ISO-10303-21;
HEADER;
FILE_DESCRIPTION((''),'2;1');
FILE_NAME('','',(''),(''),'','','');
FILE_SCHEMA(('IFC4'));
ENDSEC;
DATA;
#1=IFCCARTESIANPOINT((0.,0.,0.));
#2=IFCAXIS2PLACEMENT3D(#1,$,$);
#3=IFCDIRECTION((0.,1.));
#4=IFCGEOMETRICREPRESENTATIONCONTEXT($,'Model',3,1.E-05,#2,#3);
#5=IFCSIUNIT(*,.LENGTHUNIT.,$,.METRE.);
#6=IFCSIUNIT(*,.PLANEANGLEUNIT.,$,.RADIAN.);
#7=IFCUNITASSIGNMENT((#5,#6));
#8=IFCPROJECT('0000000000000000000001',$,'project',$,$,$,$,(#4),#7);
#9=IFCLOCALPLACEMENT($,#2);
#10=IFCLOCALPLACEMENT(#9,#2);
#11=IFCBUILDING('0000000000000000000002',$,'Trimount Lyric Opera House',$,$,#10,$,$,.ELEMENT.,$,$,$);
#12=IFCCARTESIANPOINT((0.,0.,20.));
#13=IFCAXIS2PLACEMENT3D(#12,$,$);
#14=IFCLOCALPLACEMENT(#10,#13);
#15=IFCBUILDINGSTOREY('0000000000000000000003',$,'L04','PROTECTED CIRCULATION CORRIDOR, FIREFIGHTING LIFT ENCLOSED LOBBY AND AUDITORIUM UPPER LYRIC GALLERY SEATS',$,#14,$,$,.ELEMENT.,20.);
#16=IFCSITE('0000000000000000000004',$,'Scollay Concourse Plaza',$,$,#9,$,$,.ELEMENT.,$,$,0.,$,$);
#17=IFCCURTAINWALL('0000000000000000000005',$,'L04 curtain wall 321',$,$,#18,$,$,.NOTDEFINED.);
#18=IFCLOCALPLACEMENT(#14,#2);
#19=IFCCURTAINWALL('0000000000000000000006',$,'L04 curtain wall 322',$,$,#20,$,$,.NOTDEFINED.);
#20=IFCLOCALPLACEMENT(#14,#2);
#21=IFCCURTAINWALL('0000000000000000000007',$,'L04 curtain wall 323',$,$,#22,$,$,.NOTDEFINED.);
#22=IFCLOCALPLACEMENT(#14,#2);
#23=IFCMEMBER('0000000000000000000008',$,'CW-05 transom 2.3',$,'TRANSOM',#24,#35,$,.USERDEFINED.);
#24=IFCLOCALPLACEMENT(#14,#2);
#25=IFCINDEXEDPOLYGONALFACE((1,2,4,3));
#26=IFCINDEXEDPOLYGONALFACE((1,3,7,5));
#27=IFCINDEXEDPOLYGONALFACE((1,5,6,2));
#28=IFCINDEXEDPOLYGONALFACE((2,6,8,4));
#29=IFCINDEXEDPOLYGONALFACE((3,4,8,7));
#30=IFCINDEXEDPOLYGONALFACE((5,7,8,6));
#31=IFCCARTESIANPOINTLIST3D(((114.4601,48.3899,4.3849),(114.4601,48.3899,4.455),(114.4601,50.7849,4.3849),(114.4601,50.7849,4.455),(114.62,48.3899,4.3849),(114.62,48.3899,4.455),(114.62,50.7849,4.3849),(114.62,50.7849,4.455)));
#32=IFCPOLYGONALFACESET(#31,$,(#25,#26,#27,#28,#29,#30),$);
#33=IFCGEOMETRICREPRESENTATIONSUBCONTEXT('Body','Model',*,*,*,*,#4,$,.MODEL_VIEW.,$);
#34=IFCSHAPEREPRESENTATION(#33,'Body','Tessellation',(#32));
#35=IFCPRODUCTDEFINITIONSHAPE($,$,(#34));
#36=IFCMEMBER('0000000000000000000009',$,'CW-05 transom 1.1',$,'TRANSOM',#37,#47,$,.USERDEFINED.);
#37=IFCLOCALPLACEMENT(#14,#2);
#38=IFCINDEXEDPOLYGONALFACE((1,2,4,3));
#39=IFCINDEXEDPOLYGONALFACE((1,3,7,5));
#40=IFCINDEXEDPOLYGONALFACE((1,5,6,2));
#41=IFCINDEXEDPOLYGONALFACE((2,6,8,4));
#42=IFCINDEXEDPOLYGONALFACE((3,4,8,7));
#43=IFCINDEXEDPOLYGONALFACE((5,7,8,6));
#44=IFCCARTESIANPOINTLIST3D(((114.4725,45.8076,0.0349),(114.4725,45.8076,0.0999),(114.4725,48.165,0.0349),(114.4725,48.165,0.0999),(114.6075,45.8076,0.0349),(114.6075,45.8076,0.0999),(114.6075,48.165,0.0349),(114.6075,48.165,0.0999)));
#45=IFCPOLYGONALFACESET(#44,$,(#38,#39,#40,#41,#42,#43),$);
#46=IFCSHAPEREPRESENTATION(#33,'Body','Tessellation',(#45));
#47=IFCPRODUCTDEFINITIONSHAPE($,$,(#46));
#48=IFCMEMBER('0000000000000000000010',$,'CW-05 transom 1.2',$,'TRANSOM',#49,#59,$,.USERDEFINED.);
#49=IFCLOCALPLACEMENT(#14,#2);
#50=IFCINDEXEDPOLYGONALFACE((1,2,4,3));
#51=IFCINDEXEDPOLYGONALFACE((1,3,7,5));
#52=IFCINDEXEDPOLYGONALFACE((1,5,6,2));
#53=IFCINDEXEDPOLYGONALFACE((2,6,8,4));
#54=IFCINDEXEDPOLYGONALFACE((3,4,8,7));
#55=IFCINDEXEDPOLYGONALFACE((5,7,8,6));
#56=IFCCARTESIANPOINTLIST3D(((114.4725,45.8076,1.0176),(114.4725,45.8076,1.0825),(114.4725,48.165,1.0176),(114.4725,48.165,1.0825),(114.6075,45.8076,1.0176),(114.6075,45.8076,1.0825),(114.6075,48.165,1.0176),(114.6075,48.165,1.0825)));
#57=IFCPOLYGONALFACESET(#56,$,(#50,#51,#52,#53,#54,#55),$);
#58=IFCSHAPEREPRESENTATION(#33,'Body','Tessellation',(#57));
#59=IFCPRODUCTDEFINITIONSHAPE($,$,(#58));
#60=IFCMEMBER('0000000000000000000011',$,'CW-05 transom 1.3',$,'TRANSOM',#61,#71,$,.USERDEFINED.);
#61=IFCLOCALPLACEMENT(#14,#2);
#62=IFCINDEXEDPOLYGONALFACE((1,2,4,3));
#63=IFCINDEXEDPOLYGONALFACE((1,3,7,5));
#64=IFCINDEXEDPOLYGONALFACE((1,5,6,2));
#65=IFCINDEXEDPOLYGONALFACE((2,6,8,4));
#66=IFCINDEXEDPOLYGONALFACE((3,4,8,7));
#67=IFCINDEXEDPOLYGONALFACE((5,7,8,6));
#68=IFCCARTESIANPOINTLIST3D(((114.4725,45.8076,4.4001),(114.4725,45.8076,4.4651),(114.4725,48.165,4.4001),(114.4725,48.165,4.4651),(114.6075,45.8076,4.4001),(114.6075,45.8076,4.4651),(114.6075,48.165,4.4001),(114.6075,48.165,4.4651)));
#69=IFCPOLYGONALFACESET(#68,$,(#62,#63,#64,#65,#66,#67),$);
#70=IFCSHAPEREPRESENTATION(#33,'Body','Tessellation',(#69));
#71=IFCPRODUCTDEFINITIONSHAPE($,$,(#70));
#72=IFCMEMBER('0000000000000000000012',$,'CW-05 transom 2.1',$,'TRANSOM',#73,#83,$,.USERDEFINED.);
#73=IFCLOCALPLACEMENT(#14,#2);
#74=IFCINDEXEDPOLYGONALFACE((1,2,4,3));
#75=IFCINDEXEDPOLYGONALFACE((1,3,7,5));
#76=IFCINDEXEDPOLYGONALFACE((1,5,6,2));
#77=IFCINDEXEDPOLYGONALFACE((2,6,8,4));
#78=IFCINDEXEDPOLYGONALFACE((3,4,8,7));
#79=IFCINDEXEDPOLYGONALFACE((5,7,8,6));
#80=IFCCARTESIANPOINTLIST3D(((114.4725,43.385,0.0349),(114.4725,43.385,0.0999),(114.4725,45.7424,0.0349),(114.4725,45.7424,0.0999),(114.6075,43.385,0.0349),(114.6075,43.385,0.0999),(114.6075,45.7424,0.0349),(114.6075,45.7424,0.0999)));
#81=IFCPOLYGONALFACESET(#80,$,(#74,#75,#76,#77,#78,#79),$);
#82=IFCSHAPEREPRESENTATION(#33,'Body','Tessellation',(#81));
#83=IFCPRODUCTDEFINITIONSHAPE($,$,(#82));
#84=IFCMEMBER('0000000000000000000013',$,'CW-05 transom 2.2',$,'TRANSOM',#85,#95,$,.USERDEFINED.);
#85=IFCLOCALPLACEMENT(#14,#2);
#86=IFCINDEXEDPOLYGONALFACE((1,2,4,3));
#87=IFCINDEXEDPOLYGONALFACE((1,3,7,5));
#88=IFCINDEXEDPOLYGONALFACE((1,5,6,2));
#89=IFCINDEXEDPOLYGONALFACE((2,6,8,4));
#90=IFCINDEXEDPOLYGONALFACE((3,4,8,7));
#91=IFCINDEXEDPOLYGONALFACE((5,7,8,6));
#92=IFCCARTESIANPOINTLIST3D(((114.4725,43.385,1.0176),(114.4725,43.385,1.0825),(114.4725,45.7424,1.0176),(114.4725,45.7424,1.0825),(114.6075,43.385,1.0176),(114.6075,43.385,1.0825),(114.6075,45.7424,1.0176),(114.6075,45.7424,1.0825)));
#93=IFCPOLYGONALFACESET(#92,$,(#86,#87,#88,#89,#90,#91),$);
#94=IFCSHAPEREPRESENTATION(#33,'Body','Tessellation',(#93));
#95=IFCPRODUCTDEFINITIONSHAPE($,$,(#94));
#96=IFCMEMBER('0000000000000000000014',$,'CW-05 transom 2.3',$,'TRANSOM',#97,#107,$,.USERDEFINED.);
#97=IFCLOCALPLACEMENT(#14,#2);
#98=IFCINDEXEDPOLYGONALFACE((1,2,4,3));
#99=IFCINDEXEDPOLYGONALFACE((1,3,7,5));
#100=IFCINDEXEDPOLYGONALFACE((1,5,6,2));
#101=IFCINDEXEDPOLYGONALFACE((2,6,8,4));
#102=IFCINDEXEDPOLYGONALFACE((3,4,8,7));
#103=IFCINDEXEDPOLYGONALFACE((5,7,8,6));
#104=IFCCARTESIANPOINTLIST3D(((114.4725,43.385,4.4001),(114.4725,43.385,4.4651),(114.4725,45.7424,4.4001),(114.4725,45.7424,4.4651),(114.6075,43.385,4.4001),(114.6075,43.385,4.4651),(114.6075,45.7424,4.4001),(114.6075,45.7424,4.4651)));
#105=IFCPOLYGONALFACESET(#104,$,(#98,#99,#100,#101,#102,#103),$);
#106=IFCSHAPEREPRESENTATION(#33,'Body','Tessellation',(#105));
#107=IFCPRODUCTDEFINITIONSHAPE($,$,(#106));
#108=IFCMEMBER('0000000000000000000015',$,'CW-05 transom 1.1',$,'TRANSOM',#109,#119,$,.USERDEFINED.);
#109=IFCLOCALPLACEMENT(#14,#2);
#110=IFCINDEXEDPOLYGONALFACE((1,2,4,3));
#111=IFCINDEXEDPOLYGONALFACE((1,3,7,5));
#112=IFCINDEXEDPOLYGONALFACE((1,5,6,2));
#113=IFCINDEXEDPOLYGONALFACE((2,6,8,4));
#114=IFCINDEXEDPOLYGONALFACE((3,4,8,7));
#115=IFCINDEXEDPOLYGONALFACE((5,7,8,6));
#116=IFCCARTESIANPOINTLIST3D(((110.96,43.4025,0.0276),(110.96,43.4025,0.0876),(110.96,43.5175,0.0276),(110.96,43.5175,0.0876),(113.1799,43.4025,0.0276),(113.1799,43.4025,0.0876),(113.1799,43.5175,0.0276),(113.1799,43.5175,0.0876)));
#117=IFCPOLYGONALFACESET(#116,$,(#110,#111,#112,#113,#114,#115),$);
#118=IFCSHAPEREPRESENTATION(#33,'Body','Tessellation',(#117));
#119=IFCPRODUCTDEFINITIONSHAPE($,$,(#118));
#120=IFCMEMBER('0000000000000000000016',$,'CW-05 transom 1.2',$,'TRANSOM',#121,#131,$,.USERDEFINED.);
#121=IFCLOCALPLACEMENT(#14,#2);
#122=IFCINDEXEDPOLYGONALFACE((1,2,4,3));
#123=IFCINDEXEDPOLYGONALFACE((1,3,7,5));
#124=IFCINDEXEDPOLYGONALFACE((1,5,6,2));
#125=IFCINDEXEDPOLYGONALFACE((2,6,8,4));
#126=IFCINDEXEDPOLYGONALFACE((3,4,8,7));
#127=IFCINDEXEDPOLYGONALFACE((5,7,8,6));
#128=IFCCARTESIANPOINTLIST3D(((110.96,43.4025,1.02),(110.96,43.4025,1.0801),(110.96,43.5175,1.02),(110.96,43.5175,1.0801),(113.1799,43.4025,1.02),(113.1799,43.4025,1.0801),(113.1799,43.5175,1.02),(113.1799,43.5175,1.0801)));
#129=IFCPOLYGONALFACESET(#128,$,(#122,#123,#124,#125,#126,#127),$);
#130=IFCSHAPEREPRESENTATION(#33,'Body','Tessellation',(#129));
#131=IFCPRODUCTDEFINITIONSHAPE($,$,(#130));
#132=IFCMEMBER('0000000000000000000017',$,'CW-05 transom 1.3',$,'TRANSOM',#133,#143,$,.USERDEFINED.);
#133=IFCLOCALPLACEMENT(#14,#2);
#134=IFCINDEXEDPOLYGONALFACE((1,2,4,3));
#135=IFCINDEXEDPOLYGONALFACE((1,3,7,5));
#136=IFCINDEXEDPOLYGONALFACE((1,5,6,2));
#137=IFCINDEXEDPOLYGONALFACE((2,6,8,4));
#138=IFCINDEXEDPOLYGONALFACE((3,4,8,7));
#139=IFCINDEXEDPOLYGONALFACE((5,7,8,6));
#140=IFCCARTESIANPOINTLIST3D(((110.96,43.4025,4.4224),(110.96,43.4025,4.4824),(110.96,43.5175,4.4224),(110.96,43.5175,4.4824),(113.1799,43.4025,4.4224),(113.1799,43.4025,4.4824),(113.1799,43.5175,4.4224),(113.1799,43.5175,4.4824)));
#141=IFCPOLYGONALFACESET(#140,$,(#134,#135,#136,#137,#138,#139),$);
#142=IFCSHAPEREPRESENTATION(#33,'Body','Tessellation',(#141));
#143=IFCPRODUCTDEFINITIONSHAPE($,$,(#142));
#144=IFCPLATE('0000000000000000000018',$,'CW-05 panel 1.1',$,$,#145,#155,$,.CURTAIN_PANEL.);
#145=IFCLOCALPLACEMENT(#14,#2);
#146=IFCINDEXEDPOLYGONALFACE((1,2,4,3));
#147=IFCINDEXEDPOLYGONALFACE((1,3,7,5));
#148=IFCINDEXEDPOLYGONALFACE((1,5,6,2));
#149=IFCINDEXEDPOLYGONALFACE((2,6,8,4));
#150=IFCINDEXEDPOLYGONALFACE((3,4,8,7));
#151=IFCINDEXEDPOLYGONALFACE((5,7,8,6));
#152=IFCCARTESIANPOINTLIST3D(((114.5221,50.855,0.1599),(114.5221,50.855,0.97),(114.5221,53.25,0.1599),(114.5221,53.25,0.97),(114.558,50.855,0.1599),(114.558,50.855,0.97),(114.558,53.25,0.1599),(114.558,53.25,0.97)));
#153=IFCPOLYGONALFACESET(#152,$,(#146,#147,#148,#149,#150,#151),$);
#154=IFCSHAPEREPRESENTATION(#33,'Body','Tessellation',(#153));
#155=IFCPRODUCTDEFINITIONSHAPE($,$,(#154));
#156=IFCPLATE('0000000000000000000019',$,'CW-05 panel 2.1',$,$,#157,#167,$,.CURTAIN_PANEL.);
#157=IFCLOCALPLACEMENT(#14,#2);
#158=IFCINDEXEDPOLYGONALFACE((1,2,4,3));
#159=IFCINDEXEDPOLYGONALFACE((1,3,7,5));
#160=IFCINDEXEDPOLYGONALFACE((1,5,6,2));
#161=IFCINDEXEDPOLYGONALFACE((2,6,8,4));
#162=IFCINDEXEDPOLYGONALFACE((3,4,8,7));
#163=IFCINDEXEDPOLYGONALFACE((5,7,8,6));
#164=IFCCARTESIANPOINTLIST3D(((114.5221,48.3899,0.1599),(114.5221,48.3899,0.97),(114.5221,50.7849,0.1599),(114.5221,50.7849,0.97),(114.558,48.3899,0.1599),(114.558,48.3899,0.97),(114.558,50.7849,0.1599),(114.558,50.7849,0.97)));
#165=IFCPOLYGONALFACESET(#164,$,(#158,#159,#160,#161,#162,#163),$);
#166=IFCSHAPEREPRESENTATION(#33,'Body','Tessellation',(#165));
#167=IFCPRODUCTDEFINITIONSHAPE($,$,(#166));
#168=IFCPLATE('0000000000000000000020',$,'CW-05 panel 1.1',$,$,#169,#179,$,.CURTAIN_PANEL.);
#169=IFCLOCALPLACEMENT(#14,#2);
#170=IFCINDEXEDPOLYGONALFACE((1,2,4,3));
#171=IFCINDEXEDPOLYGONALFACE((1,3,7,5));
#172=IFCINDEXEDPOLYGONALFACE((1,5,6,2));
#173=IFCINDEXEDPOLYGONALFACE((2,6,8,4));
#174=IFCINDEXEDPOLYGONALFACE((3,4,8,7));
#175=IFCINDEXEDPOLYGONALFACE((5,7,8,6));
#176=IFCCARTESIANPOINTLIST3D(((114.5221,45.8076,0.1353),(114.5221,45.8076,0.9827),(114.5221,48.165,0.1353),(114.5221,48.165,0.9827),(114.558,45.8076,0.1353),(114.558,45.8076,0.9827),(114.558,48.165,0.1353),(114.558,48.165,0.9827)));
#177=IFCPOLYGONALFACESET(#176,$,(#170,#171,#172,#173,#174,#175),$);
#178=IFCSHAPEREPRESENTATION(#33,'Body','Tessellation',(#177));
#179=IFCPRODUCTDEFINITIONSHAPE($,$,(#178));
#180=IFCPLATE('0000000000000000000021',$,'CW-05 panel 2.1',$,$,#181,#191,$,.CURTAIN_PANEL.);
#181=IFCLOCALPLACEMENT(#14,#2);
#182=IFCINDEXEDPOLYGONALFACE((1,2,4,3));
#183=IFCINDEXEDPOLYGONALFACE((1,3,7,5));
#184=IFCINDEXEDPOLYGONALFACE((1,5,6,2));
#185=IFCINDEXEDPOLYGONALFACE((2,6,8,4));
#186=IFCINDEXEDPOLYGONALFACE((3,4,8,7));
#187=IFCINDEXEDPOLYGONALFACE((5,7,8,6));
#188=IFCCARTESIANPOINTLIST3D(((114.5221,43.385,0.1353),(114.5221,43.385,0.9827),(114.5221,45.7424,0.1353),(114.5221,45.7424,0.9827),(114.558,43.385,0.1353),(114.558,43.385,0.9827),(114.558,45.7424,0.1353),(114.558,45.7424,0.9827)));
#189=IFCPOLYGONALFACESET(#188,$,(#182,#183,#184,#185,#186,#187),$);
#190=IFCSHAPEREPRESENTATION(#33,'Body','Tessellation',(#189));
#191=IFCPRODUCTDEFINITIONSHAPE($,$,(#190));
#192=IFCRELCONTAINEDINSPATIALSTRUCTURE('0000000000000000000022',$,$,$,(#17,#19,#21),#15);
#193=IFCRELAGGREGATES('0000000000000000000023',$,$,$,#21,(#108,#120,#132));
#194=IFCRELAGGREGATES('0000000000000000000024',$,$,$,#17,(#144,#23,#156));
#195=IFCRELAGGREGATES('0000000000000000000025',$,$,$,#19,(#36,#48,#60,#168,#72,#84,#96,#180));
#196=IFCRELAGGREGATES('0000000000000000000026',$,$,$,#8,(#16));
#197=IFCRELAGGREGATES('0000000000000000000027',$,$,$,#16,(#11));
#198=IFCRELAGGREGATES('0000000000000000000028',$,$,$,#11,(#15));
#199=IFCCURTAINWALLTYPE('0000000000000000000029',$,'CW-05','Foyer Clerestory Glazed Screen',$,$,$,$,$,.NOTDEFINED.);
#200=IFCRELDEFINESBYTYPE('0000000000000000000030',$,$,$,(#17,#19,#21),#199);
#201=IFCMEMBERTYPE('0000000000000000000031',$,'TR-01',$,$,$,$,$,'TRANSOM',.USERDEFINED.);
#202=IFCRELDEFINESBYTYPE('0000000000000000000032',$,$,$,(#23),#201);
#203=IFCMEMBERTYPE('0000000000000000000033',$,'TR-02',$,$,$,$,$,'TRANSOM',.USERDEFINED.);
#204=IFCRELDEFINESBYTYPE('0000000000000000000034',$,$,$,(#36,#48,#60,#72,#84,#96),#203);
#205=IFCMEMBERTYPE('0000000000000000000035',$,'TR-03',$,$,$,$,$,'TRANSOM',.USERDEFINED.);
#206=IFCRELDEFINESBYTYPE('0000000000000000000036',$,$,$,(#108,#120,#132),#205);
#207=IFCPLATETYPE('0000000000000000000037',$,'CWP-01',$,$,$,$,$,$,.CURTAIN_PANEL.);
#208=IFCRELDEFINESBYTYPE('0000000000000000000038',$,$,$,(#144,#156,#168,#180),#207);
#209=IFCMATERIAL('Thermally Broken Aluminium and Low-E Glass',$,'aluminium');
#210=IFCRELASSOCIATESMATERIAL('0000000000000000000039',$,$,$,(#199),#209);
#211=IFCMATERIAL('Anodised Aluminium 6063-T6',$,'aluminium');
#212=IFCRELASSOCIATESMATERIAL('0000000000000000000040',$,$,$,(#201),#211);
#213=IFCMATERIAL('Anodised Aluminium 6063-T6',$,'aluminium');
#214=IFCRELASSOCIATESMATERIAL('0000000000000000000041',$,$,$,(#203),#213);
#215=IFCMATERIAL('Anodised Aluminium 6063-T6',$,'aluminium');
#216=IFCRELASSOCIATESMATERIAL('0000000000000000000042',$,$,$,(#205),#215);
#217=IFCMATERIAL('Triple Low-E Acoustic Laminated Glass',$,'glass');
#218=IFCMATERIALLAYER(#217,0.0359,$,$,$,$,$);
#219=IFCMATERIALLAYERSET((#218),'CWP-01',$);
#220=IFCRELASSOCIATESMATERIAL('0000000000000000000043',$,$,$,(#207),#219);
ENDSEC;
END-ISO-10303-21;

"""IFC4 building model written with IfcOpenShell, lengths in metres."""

from ifc_helpers import new_model, si_unit, direction, frame, origin, origin_2d, place, context, subcontext, project, spatial, rectangle, extrude, material, layer, layer_set, material_profile, profile_set, type_object, element, aggregate, save


model = new_model("IFC4")

# Units and contexts
model_context = context("Model", 3, precision=1e-05, world=origin(), true_north=direction((0.0, 1.0)))
body_context = subcontext(model_context, "Body", "Model", "MODEL_VIEW")
ifc_project = project(units=[si_unit("LENGTHUNIT", "METRE"), si_unit("PLANEANGLEUNIT", "RADIAN")], contexts=[model_context])

# Site, building, storey
site_placement = place(None, origin())
site = spatial("IfcSite", under=ifc_project, at=site_placement, Name="Scollay Concourse Plaza", CompositionType="ELEMENT", RefElevation=0.0)
building_placement = place(site_placement, origin())
building = spatial("IfcBuilding", under=site, at=building_placement, Name="Trimount Lyric Opera House", CompositionType="ELEMENT")
storey_placement = place(building_placement, frame((0.0, 0.0, 20.0)))
storey = spatial("IfcBuildingStorey", under=building, at=storey_placement, Name="L04", Description="PROTECTED CIRCULATION CORRIDOR, FIREFIGHTING LIFT ENCLOSED LOBBY AND AUDITORIUM UPPER LYRIC GALLERY SEATS", CompositionType="ELEMENT", Elevation=20.0)

# Curtain walls
ifc_material_1 = material(Name="Thermally Broken Aluminium and Low-E Glass", Category="aluminium")
curtain_wall_type = type_object("IfcCurtainWallType", Name="CW-05", Description="Foyer Clerestory Glazed Screen", PredefinedType="NOTDEFINED", material=ifc_material_1)
curtain_wall_1_placement = place(storey_placement, origin())
curtain_wall_1 = element("IfcCurtainWall", 1, at=curtain_wall_1_placement, inside=storey, type_object=curtain_wall_type, Name="L04 curtain wall 321", PredefinedType="NOTDEFINED")
curtain_wall_2_placement = place(storey_placement, origin())
curtain_wall_2 = element("IfcCurtainWall", 2, at=curtain_wall_2_placement, inside=storey, type_object=curtain_wall_type, Name="L04 curtain wall 322", PredefinedType="NOTDEFINED")

# Curtain wall
curtain_wall_3_placement = place(storey_placement, origin())
curtain_wall_3 = element("IfcCurtainWall", 3, at=curtain_wall_3_placement, inside=storey, type_object=curtain_wall_type, Name="L04 curtain wall 323", PredefinedType="NOTDEFINED")

# Members
ifc_material_2 = material(Name="Anodised Aluminium 6063-T6", Category="aluminium")
ifc_material_profile_1 = material_profile(ifc_material_2, rectangle(XDim=0.1599, YDim=0.0701, at=origin_2d()), Name="ALU-TRAN-70X160")
ifc_profile_set_1 = profile_set([ifc_material_profile_1], Name="Anodised Aluminium 6063-T6")
member_type_1 = type_object("IfcMemberType", Name="TR-01", ElementType="TRANSOM", PredefinedType="USERDEFINED", material=ifc_profile_set_1)
member_1_placement = place(storey_placement, frame((114.54, 50.7849, 4.4199), z_axis=(0.0, -1.0, 0.0), x_axis=(1.0, 0.0, 0.0)))
member_1 = element("IfcMember", 4, at=member_1_placement, type_object=member_type_1, Name="CW-05 transom 2.3", ObjectType="TRANSOM", PredefinedType="USERDEFINED", context=body_context, shape_type="SweptSolid", body=[
    extrude(rectangle(XDim=0.1599, YDim=0.0701, at=origin_2d()), origin(), (0.0, 0.0, 1.0), 2.395),
])
ifc_material_3 = material(Name="Anodised Aluminium 6063-T6", Category="aluminium")
ifc_material_profile_2 = material_profile(ifc_material_3, rectangle(XDim=0.135, YDim=0.0649, at=origin_2d()), Name="ALU-TRAN-65X135")
ifc_profile_set_2 = profile_set([ifc_material_profile_2], Name="Anodised Aluminium 6063-T6")
member_type_2 = type_object("IfcMemberType", Name="TR-02", ElementType="TRANSOM", PredefinedType="USERDEFINED", material=ifc_profile_set_2)
member_2_placement = place(storey_placement, frame((114.54, 48.165, 0.0674), z_axis=(0.0, -1.0, 0.0), x_axis=(1.0, 0.0, 0.0)))
member_2 = element("IfcMember", 5, at=member_2_placement, type_object=member_type_2, Name="CW-05 transom 1.1", ObjectType="TRANSOM", PredefinedType="USERDEFINED", context=body_context, shape_type="SweptSolid", body=[
    extrude(rectangle(XDim=0.135, YDim=0.0649, at=origin_2d()), origin(), (0.0, 0.0, 1.0), 2.3574),
])
member_3_placement = place(storey_placement, frame((114.54, 48.165, 1.05), z_axis=(0.0, -1.0, 0.0), x_axis=(1.0, 0.0, 0.0)))
member_3 = element("IfcMember", 6, at=member_3_placement, type_object=member_type_2, Name="CW-05 transom 1.2", ObjectType="TRANSOM", PredefinedType="USERDEFINED", context=body_context, shape_type="SweptSolid", body=[
    extrude(rectangle(XDim=0.135, YDim=0.0649, at=origin_2d()), origin(), (0.0, 0.0, 1.0), 2.3574),
])
member_4_placement = place(storey_placement, frame((114.54, 48.165, 4.4326), z_axis=(0.0, -1.0, 0.0), x_axis=(1.0, 0.0, 0.0)))
member_4 = element("IfcMember", 7, at=member_4_placement, type_object=member_type_2, Name="CW-05 transom 1.3", ObjectType="TRANSOM", PredefinedType="USERDEFINED", context=body_context, shape_type="SweptSolid", body=[
    extrude(rectangle(XDim=0.135, YDim=0.0649, at=origin_2d()), origin(), (0.0, 0.0, 1.0), 2.3574),
])
member_5_placement = place(storey_placement, frame((114.54, 45.7424, 0.0674), z_axis=(0.0, -1.0, 0.0), x_axis=(1.0, 0.0, 0.0)))
member_5 = element("IfcMember", 8, at=member_5_placement, type_object=member_type_2, Name="CW-05 transom 2.1", ObjectType="TRANSOM", PredefinedType="USERDEFINED", context=body_context, shape_type="SweptSolid", body=[
    extrude(rectangle(XDim=0.135, YDim=0.0649, at=origin_2d()), origin(), (0.0, 0.0, 1.0), 2.3574),
])
member_6_placement = place(storey_placement, frame((114.54, 45.7424, 1.05), z_axis=(0.0, -1.0, 0.0), x_axis=(1.0, 0.0, 0.0)))
member_6 = element("IfcMember", 9, at=member_6_placement, type_object=member_type_2, Name="CW-05 transom 2.2", ObjectType="TRANSOM", PredefinedType="USERDEFINED", context=body_context, shape_type="SweptSolid", body=[
    extrude(rectangle(XDim=0.135, YDim=0.0649, at=origin_2d()), origin(), (0.0, 0.0, 1.0), 2.3574),
])
member_7_placement = place(storey_placement, frame((114.54, 45.7424, 4.4326), z_axis=(0.0, -1.0, 0.0), x_axis=(1.0, 0.0, 0.0)))
member_7 = element("IfcMember", 10, at=member_7_placement, type_object=member_type_2, Name="CW-05 transom 2.3", ObjectType="TRANSOM", PredefinedType="USERDEFINED", context=body_context, shape_type="SweptSolid", body=[
    extrude(rectangle(XDim=0.135, YDim=0.0649, at=origin_2d()), origin(), (0.0, 0.0, 1.0), 2.3574),
])
ifc_material_4 = material(Name="Anodised Aluminium 6063-T6", Category="aluminium")
ifc_material_profile_3 = material_profile(ifc_material_4, rectangle(XDim=0.115, YDim=0.0601, at=origin_2d()), Name="ALU-TRAN-60X115")
ifc_profile_set_3 = profile_set([ifc_material_profile_3], Name="Anodised Aluminium 6063-T6")
member_type_3 = type_object("IfcMemberType", Name="TR-03", ElementType="TRANSOM", PredefinedType="USERDEFINED", material=ifc_profile_set_3)
member_8_placement = place(storey_placement, frame((113.1799, 43.46, 0.0576), z_axis=(-1.0, 0.0, 0.0), x_axis=(0.0, -1.0, 0.0)))
member_8 = element("IfcMember", 11, at=member_8_placement, type_object=member_type_3, Name="CW-05 transom 1.1", ObjectType="TRANSOM", PredefinedType="USERDEFINED", context=body_context, shape_type="SweptSolid", body=[
    extrude(rectangle(XDim=0.115, YDim=0.0601, at=origin_2d()), origin(), (0.0, 0.0, 1.0), 2.22),
])
member_9_placement = place(storey_placement, frame((113.1799, 43.46, 1.05), z_axis=(-1.0, 0.0, 0.0), x_axis=(0.0, -1.0, 0.0)))
member_9 = element("IfcMember", 12, at=member_9_placement, type_object=member_type_3, Name="CW-05 transom 1.2", ObjectType="TRANSOM", PredefinedType="USERDEFINED", context=body_context, shape_type="SweptSolid", body=[
    extrude(rectangle(XDim=0.115, YDim=0.0601, at=origin_2d()), origin(), (0.0, 0.0, 1.0), 2.22),
])
member_10_placement = place(storey_placement, frame((113.1799, 43.46, 4.4524), z_axis=(-1.0, 0.0, 0.0), x_axis=(0.0, -1.0, 0.0)))
member_10 = element("IfcMember", 13, at=member_10_placement, type_object=member_type_3, Name="CW-05 transom 1.3", ObjectType="TRANSOM", PredefinedType="USERDEFINED", context=body_context, shape_type="SweptSolid", body=[
    extrude(rectangle(XDim=0.115, YDim=0.0601, at=origin_2d()), origin(), (0.0, 0.0, 1.0), 2.22),
])
aggregate(curtain_wall_3, [member_8, member_9, member_10])

# Plates
ifc_material_5 = material(Name="Triple Low-E Acoustic Laminated Glass", Category="glass")
ifc_layer_1 = layer(ifc_material_5, 0.0359)
ifc_layer_set_1 = layer_set([ifc_layer_1], Name="CWP-01")
plate_type_1 = type_object("IfcPlateType", Name="CWP-01", PredefinedType="CURTAIN_PANEL", material=ifc_layer_set_1)
plate_1_placement = place(storey_placement, frame((114.54, 52.0525, 0.1599), z_axis=(0.0, 0.0, 1.0), x_axis=(0.0, -1.0, 0.0)))
plate_1 = element("IfcPlate", 14, at=plate_1_placement, type_object=plate_type_1, Name="CW-05 panel 1.1", PredefinedType="CURTAIN_PANEL", context=body_context, shape_type="SweptSolid", body=[
    extrude(rectangle(XDim=2.395, YDim=0.0359, at=origin_2d()), origin(), (0.0, 0.0, 1.0), 0.8101),
])
plate_2_placement = place(storey_placement, frame((114.54, 49.5874, 0.1599), z_axis=(0.0, 0.0, 1.0), x_axis=(0.0, -1.0, 0.0)))
plate_2 = element("IfcPlate", 15, at=plate_2_placement, type_object=plate_type_1, Name="CW-05 panel 2.1", PredefinedType="CURTAIN_PANEL", context=body_context, shape_type="SweptSolid", body=[
    extrude(rectangle(XDim=2.395, YDim=0.0359, at=origin_2d()), origin(), (0.0, 0.0, 1.0), 0.8101),
])
plate_3_placement = place(storey_placement, frame((114.54, 46.9863, 0.1353), z_axis=(0.0, 0.0, 1.0), x_axis=(0.0, -1.0, 0.0)))
plate_3 = element("IfcPlate", 16, at=plate_3_placement, type_object=plate_type_1, Name="CW-05 panel 1.1", PredefinedType="CURTAIN_PANEL", context=body_context, shape_type="SweptSolid", body=[
    extrude(rectangle(XDim=2.3574, YDim=0.0359, at=origin_2d()), origin(), (0.0, 0.0, 1.0), 0.8474),
])
plate_4_placement = place(storey_placement, frame((114.54, 44.5637, 0.1353), z_axis=(0.0, 0.0, 1.0), x_axis=(0.0, -1.0, 0.0)))
plate_4 = element("IfcPlate", 17, at=plate_4_placement, type_object=plate_type_1, Name="CW-05 panel 2.1", PredefinedType="CURTAIN_PANEL", context=body_context, shape_type="SweptSolid", body=[
    extrude(rectangle(XDim=2.3574, YDim=0.0359, at=origin_2d()), origin(), (0.0, 0.0, 1.0), 0.8474),
])
aggregate(curtain_wall_1, [plate_1, member_1, plate_2])
aggregate(curtain_wall_2, [member_2, member_3, member_4, plate_3, member_5, member_6, member_7, plate_4])

save(model, "model.ifc")
